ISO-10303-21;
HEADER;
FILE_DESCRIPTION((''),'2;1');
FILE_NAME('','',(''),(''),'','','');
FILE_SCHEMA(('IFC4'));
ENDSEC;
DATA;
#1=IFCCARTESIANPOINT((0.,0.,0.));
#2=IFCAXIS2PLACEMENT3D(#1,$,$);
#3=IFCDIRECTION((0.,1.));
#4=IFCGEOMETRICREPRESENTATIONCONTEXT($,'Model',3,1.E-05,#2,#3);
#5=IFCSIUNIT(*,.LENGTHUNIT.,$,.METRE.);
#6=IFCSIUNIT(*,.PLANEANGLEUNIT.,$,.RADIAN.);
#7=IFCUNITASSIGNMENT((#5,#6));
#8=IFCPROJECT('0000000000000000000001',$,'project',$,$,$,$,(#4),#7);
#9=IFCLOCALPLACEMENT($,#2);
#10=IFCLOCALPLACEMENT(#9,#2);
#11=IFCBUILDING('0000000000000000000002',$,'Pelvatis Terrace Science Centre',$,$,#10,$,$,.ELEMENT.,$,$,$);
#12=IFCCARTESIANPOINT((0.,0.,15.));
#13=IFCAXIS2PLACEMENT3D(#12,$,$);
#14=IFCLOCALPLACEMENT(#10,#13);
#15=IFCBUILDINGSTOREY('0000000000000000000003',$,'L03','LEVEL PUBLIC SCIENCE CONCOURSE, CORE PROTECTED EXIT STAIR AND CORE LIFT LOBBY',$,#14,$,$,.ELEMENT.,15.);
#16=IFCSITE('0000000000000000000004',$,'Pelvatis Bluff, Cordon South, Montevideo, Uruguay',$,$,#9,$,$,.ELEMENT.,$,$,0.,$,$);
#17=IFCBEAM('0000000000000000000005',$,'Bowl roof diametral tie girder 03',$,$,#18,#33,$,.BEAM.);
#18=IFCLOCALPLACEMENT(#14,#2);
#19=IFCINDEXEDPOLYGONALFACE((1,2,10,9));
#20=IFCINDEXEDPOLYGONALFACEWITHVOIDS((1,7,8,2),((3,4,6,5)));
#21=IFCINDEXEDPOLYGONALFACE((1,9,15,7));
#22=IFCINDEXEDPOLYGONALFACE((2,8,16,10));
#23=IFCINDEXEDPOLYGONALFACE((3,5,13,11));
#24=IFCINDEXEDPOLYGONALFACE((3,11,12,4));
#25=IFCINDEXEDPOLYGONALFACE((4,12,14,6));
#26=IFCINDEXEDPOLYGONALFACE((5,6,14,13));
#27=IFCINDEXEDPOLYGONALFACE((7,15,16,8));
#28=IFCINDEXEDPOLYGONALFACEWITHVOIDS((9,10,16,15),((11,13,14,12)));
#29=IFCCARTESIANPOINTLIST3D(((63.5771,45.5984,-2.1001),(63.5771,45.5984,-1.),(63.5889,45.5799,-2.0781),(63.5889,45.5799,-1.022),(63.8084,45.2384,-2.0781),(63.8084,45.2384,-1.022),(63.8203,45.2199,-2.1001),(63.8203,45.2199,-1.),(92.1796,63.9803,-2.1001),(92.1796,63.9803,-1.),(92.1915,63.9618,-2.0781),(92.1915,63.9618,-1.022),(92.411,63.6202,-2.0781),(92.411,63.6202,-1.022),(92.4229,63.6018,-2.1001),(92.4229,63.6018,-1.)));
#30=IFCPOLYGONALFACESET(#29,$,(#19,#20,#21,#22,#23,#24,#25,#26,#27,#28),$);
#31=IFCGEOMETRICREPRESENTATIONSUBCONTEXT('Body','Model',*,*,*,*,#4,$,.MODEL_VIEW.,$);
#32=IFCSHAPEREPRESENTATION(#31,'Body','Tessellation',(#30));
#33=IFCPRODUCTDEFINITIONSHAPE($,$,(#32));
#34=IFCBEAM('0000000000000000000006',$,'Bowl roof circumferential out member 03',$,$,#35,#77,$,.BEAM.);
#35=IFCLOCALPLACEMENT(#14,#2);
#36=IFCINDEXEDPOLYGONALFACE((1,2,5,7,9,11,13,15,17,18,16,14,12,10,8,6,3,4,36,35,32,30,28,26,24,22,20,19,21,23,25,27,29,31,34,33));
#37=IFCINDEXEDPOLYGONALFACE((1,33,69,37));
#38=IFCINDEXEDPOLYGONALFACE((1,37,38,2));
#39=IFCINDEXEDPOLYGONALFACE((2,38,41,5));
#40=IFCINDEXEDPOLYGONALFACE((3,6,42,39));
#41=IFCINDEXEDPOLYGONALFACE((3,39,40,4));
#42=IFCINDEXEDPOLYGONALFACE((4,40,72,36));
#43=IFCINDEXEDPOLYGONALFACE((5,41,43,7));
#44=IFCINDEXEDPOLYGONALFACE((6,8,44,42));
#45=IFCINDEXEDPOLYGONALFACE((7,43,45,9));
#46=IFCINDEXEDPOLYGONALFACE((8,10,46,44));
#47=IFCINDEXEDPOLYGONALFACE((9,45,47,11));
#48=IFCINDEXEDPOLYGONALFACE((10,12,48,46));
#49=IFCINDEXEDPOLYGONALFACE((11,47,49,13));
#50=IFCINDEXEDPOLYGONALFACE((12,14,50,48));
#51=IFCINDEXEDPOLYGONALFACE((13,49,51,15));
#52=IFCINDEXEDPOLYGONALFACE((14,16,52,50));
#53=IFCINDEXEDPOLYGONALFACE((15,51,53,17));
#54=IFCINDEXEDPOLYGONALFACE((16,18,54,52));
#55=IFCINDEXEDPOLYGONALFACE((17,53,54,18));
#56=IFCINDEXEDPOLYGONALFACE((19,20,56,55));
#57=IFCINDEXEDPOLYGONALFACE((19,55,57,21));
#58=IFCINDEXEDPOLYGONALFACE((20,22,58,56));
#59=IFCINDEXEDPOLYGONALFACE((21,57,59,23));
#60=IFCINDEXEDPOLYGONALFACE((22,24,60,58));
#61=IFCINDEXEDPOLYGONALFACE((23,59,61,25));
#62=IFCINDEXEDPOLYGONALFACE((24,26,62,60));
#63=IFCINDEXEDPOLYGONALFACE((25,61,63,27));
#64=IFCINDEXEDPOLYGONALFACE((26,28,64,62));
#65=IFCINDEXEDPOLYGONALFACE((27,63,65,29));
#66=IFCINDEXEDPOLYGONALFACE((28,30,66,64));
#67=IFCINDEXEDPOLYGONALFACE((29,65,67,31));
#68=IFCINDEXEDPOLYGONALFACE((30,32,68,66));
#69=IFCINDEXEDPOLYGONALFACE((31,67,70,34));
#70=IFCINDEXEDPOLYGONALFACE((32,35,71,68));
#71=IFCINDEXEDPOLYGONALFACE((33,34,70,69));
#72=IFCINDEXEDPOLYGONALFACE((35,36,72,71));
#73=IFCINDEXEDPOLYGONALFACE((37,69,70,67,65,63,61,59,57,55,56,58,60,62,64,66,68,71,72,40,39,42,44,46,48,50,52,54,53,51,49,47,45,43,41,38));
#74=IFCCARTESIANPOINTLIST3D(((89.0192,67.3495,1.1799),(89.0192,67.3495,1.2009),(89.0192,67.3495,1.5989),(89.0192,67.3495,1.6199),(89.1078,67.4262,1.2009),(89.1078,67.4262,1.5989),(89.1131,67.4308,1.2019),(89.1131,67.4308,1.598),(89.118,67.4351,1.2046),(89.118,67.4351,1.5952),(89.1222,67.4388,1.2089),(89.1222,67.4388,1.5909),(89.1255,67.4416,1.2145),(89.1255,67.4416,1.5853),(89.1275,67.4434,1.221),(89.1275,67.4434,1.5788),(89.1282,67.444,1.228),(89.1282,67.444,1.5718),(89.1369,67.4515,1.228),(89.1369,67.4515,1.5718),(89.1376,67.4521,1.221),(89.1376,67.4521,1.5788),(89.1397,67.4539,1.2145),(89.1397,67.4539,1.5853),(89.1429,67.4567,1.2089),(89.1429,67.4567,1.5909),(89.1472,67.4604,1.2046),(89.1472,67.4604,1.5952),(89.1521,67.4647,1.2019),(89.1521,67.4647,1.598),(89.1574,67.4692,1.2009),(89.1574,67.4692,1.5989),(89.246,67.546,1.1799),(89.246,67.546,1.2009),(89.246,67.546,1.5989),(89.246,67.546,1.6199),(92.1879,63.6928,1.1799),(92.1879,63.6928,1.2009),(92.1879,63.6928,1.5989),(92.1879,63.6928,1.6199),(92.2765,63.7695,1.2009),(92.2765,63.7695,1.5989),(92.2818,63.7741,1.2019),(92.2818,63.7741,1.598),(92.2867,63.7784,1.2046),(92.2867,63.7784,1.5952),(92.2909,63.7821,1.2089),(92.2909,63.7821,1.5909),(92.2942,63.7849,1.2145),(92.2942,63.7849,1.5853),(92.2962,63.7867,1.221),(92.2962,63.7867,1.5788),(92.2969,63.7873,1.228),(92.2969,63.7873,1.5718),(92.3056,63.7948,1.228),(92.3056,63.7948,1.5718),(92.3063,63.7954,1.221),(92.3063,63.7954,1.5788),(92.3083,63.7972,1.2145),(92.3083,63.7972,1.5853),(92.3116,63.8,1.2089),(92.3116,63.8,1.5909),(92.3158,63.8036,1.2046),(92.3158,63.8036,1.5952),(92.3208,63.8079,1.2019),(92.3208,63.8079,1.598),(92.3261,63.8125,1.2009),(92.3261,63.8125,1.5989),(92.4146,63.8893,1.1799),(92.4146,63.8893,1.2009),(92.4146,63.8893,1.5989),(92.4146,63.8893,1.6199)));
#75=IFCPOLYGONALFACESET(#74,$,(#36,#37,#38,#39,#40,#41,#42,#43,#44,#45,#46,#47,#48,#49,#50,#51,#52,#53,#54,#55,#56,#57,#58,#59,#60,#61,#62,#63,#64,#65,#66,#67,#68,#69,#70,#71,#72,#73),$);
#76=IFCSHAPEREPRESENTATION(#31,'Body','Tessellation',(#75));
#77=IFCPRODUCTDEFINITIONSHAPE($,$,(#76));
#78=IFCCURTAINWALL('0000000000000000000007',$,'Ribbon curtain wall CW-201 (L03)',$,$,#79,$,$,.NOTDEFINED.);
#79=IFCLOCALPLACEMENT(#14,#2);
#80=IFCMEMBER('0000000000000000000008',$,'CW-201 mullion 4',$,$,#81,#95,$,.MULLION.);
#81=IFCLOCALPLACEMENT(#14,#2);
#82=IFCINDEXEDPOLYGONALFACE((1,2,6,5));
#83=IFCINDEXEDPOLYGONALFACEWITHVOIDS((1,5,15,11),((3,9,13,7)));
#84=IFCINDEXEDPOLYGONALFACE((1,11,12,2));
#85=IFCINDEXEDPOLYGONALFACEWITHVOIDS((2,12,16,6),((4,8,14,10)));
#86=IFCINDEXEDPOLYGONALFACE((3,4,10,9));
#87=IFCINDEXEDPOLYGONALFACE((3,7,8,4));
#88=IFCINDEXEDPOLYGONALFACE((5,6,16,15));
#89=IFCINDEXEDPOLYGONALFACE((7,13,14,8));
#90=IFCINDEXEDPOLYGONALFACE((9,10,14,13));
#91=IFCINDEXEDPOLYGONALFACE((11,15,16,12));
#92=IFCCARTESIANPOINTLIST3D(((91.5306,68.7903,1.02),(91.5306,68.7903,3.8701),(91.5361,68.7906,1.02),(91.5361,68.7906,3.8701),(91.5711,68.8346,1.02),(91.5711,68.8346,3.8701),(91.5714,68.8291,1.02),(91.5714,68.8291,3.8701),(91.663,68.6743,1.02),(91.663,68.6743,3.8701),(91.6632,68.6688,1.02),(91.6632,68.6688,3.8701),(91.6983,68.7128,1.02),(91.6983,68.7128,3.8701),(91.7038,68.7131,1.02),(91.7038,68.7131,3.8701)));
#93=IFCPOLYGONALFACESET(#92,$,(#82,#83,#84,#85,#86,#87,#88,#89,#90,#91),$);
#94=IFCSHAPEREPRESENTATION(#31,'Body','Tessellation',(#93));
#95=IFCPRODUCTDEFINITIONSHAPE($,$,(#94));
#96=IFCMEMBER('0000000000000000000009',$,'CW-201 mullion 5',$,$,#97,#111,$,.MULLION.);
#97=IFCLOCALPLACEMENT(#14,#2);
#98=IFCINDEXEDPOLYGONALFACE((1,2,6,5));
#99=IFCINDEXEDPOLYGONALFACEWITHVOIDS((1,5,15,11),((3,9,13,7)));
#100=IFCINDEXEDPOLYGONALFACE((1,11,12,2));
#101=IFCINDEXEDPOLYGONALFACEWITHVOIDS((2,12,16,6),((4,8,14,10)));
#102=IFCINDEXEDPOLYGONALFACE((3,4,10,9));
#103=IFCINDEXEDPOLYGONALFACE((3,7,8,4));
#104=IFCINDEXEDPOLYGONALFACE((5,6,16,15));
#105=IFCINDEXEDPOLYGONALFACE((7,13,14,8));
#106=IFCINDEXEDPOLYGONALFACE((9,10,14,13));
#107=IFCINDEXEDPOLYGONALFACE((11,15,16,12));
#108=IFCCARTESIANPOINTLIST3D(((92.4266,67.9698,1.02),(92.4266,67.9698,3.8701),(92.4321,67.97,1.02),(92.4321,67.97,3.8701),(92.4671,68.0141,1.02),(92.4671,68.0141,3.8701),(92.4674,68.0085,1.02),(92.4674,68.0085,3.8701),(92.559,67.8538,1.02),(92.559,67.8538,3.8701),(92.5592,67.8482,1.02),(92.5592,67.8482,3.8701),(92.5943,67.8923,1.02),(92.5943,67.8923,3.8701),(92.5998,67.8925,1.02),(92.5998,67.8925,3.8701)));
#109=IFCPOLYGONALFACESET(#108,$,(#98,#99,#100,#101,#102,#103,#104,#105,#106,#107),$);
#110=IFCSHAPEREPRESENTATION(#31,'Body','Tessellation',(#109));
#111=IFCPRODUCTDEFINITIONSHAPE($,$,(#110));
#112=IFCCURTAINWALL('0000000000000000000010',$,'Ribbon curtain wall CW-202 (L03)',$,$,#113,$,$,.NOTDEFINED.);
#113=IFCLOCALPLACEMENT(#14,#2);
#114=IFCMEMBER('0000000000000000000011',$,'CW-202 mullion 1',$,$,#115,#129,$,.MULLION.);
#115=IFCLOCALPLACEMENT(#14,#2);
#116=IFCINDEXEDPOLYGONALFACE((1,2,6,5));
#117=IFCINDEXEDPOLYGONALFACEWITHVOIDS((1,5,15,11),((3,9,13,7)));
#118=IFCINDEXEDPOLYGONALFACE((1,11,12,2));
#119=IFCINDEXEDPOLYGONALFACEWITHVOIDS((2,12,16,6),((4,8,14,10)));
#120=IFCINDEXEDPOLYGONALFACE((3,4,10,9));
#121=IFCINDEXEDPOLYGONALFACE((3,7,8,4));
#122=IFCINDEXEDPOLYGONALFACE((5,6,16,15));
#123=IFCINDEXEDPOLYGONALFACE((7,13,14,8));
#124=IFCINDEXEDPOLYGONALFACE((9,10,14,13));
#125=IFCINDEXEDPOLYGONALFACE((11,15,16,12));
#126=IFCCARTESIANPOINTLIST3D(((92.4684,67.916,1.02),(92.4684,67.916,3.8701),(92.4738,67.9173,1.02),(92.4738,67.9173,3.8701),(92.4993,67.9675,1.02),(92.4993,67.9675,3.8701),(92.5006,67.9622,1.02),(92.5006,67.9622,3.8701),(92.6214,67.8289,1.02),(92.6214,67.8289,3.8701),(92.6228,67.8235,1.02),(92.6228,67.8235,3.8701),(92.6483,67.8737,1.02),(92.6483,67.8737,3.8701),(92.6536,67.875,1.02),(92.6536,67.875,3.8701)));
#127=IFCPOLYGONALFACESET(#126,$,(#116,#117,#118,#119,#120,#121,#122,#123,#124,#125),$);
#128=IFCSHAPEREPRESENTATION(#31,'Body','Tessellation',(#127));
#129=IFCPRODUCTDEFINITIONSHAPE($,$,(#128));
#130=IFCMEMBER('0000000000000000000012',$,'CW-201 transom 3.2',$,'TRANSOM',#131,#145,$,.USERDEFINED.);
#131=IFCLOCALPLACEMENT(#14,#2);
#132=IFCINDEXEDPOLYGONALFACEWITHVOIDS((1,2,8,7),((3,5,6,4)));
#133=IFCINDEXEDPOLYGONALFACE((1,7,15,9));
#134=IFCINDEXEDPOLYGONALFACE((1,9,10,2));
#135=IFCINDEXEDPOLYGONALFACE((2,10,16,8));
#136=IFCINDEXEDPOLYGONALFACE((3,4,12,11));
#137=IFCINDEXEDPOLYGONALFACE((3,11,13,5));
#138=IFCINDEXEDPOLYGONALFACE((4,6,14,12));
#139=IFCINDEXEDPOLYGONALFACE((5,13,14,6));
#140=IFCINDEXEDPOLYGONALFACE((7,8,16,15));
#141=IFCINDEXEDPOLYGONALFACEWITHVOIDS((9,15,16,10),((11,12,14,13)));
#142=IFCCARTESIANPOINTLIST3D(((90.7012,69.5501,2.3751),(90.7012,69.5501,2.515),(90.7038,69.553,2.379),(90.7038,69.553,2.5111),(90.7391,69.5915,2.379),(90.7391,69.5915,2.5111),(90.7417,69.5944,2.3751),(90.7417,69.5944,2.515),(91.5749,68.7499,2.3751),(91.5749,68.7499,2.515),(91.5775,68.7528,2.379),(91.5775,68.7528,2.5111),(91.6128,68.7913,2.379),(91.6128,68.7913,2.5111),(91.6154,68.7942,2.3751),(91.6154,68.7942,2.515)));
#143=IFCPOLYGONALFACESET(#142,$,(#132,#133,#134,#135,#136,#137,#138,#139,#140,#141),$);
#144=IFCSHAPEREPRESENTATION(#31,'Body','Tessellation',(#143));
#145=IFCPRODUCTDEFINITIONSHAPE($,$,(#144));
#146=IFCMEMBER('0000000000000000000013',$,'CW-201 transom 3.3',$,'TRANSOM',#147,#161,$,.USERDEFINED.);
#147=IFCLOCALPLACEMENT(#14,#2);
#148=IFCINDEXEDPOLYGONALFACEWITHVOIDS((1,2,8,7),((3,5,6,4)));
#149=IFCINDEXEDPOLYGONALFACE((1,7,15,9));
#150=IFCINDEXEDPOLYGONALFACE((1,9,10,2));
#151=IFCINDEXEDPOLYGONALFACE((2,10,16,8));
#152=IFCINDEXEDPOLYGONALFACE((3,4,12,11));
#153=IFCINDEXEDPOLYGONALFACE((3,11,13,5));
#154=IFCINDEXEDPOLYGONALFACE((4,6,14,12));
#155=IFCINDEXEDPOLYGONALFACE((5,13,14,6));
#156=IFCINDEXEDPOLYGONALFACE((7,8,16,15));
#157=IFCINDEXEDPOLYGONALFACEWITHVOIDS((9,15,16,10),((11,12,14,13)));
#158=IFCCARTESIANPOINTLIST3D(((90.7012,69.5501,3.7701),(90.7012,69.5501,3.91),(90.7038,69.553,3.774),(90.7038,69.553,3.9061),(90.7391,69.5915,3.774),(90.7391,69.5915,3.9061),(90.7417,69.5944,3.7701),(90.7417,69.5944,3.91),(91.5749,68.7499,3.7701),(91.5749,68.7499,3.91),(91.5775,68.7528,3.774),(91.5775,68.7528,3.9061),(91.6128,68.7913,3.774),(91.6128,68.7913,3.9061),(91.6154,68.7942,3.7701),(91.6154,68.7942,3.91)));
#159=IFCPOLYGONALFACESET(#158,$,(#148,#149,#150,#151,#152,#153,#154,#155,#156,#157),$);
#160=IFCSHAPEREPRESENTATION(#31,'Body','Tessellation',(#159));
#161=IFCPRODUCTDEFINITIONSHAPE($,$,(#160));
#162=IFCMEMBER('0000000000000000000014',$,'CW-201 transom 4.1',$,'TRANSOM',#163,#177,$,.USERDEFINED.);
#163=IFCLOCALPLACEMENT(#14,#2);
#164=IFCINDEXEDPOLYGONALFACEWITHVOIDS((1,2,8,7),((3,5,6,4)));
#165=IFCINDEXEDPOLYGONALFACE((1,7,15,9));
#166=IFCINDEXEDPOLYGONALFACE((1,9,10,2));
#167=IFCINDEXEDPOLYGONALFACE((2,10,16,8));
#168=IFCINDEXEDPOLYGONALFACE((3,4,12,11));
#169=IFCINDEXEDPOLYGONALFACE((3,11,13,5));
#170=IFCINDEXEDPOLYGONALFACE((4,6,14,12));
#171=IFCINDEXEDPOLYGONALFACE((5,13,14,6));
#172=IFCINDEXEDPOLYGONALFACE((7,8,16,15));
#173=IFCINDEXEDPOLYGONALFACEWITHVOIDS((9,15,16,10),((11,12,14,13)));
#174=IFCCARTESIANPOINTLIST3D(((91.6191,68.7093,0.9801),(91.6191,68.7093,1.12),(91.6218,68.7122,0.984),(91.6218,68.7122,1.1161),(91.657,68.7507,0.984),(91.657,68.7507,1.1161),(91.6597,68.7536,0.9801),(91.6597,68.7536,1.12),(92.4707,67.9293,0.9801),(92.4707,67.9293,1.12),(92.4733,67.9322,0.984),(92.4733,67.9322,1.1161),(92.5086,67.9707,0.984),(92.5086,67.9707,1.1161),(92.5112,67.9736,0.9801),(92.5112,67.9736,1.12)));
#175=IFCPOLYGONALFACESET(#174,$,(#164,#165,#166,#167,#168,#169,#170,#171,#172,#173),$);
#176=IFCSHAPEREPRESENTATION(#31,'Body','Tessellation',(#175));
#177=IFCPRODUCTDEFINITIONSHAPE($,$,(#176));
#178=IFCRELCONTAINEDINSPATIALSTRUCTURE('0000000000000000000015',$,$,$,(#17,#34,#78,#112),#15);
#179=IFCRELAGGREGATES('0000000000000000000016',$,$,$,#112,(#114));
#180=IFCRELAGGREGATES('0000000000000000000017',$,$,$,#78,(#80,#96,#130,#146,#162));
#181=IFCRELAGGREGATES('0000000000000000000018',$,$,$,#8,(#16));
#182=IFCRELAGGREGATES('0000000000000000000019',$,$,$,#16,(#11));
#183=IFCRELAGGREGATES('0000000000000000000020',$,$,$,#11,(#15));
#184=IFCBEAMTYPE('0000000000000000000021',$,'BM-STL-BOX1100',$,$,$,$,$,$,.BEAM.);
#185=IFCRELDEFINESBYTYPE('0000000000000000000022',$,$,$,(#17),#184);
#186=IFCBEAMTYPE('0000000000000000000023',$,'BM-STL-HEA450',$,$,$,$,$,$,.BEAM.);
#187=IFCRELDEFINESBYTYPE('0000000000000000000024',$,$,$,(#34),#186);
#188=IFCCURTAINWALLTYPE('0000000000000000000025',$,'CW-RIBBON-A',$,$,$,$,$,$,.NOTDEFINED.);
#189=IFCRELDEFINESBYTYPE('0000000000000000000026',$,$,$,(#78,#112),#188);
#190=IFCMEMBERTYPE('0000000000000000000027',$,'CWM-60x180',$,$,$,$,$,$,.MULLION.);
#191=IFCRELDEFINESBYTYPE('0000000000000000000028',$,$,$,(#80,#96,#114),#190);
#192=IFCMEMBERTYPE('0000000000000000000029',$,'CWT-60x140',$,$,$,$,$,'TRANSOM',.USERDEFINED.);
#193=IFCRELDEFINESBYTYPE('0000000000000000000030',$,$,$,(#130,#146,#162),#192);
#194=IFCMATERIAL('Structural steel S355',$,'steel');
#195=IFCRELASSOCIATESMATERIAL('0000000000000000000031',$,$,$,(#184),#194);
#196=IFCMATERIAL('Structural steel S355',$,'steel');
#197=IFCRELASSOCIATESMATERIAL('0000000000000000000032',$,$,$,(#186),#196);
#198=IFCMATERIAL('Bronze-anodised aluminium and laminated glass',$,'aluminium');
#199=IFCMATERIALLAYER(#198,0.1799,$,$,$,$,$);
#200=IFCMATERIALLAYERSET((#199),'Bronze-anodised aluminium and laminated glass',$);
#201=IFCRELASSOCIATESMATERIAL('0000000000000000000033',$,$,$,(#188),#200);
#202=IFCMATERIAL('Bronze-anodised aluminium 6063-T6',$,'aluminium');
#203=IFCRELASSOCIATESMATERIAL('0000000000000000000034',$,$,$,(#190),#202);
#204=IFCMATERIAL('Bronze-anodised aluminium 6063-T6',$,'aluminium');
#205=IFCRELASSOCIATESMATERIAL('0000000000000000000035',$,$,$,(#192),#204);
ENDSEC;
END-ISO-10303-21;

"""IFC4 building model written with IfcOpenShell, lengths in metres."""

from ifc_helpers import new_model, si_unit, direction, frame, origin, origin_2d, place, context, subcontext, project, spatial, hollow_rectangle, i_section, extrude, material, layer, layer_set, material_profile, profile_set, type_object, element, aggregate, save


model = new_model("IFC4")

# Units and contexts
model_context = context("Model", 3, precision=1e-05, world=origin(), true_north=direction((0.0, 1.0)))
body_context = subcontext(model_context, "Body", "Model", "MODEL_VIEW")
ifc_project = project(units=[si_unit("LENGTHUNIT", "METRE"), si_unit("PLANEANGLEUNIT", "RADIAN")], contexts=[model_context])

# Site, building, storey
site_placement = place(None, origin())
site = spatial("IfcSite", under=ifc_project, at=site_placement, Name="Pelvatis Bluff, Cordon South, Montevideo, Uruguay", CompositionType="ELEMENT", RefElevation=0.0)
building_placement = place(site_placement, origin())
building = spatial("IfcBuilding", under=site, at=building_placement, Name="Pelvatis Terrace Science Centre", CompositionType="ELEMENT")
storey_placement = place(building_placement, frame((0.0, 0.0, 15.0)))
storey = spatial("IfcBuildingStorey", under=building, at=storey_placement, Name="L03", Description="LEVEL PUBLIC SCIENCE CONCOURSE, CORE PROTECTED EXIT STAIR AND CORE LIFT LOBBY", CompositionType="ELEMENT", Elevation=15.0)

# Beams
ifc_material_1 = material(Name="Structural steel S355", Category="steel")
ifc_material_profile_1 = material_profile(ifc_material_1, hollow_rectangle(XDim=0.45, YDim=1.1001, WallThickness=0.022, at=origin_2d()), Name="RHS 1100x450x22.0")
ifc_profile_set_1 = profile_set([ifc_material_profile_1], Name="Structural steel S355")
beam_type_1 = type_object("IfcBeamType", Name="BM-STL-BOX1100", PredefinedType="BEAM", material=ifc_profile_set_1)
beam_1_placement = place(storey_placement, frame((92.3013, 63.791, -1.55), z_axis=(-0.841252, -0.540643, 0.0), x_axis=(0.540643, -0.841252, 0.0)))
element("IfcBeam", 1, at=beam_1_placement, inside=storey, type_object=beam_type_1, Name="Bowl roof diametral tie girder 03", PredefinedType="BEAM", context=body_context, shape_type="SweptSolid", body=[
    extrude(hollow_rectangle(XDim=0.45, YDim=1.1001, WallThickness=0.022, at=origin_2d()), origin(), (0.0, 0.0, 1.0), 34.0),
])
ifc_material_2 = material(Name="Structural steel S355", Category="steel")
ifc_material_profile_2 = material_profile(ifc_material_2, i_section(OverallWidth=0.3, OverallDepth=0.4399, WebThickness=0.0115, FlangeThickness=0.021, FilletRadius=0.0271, at=origin_2d()), Name="HEA 450")
ifc_profile_set_2 = profile_set([ifc_material_profile_2], Name="Structural steel S355")
beam_type_2 = type_object("IfcBeamType", Name="BM-STL-HEA450", PredefinedType="BEAM", material=ifc_profile_set_2)
beam_2_placement = place(storey_placement, frame((92.3013, 63.791, 1.3999), z_axis=(-0.654875, 0.755737, 0.0), x_axis=(-0.755737, -0.654875, 0.0)))
element("IfcBeam", 2, at=beam_2_placement, inside=storey, type_object=beam_type_2, Name="Bowl roof circumferential out member 03", PredefinedType="BEAM", context=body_context, shape_type="SweptSolid", body=[
    extrude(i_section(OverallWidth=0.3, OverallDepth=0.4399, WebThickness=0.0115, FlangeThickness=0.021, FilletRadius=0.0271, at=origin_2d()), origin(), (0.0, 0.0, 1.0), 4.8386),
])

# Curtain wall, members
ifc_material_3 = material(Name="Bronze-anodised aluminium and laminated glass", Category="aluminium")
ifc_layer_1 = layer(ifc_material_3, 0.1799)
ifc_layer_set_1 = layer_set([ifc_layer_1], Name="Bronze-anodised aluminium and laminated glass")
curtain_wall_type = type_object("IfcCurtainWallType", Name="CW-RIBBON-A", PredefinedType="NOTDEFINED", material=ifc_layer_set_1)
curtain_wall_1_placement = place(storey_placement, origin())
curtain_wall_1 = element("IfcCurtainWall", 3, at=curtain_wall_1_placement, inside=storey, type_object=curtain_wall_type, Name="Ribbon curtain wall CW-201 (L03)", PredefinedType="NOTDEFINED")
ifc_material_4 = material(Name="Bronze-anodised aluminium 6063-T6", Category="aluminium")
ifc_material_profile_3 = material_profile(ifc_material_4, hollow_rectangle(XDim=0.0601, YDim=0.1799, WallThickness=0.0039, at=origin_2d()), Name="ALU-MUL 60x180")
ifc_profile_set_3 = profile_set([ifc_material_profile_3], Name="Bronze-anodised aluminium 6063-T6")
member_type_1 = type_object("IfcMemberType", Name="CWM-60x180", PredefinedType="MULLION", material=ifc_profile_set_3)
member_1_placement = place(storey_placement, frame((91.6172, 68.7517, 1.02), z_axis=(0.0, 0.0, 1.0), x_axis=(0.675452, 0.737404, 0.0)))
member_1 = element("IfcMember", 4, at=member_1_placement, type_object=member_type_1, Name="CW-201 mullion 4", PredefinedType="MULLION", context=body_context, shape_type="SweptSolid", body=[
    extrude(hollow_rectangle(XDim=0.0601, YDim=0.1799, WallThickness=0.0039, at=origin_2d()), origin(), (0.0, 0.0, 1.0), 2.8501),
])
member_2_placement = place(storey_placement, frame((92.5132, 67.9312, 1.02), z_axis=(0.0, 0.0, 1.0), x_axis=(0.675452, 0.737404, 0.0)))
member_2 = element("IfcMember", 5, at=member_2_placement, type_object=member_type_1, Name="CW-201 mullion 5", PredefinedType="MULLION", context=body_context, shape_type="SweptSolid", body=[
    extrude(hollow_rectangle(XDim=0.0601, YDim=0.1799, WallThickness=0.0039, at=origin_2d()), origin(), (0.0, 0.0, 1.0), 2.8501),
])

# Curtain wall, member
curtain_wall_2_placement = place(storey_placement, origin())
curtain_wall_2 = element("IfcCurtainWall", 6, at=curtain_wall_2_placement, inside=storey, type_object=curtain_wall_type, Name="Ribbon curtain wall CW-202 (L03)", PredefinedType="NOTDEFINED")
member_3_placement = place(storey_placement, frame((92.561, 67.8955, 1.02), z_axis=(0.0, 0.0, 1.0), x_axis=(0.513996, 0.857793, 0.0)))
member_3 = element("IfcMember", 7, at=member_3_placement, type_object=member_type_1, Name="CW-202 mullion 1", PredefinedType="MULLION", context=body_context, shape_type="SweptSolid", body=[
    extrude(hollow_rectangle(XDim=0.0601, YDim=0.1799, WallThickness=0.0039, at=origin_2d()), origin(), (0.0, 0.0, 1.0), 2.8501),
])

# Members
ifc_material_5 = material(Name="Bronze-anodised aluminium 6063-T6", Category="aluminium")
ifc_material_profile_4 = material_profile(ifc_material_5, hollow_rectangle(XDim=0.0601, YDim=0.1399, WallThickness=0.0039, at=origin_2d()), Name="ALU-TRN 60x140")
ifc_profile_set_4 = profile_set([ifc_material_profile_4], Name="Bronze-anodised aluminium 6063-T6")
member_type_2 = type_object("IfcMemberType", Name="CWT-60x140", ElementType="TRANSOM", PredefinedType="USERDEFINED", material=ifc_profile_set_4)
member_4_placement = place(storey_placement, frame((90.7214, 69.5723, 2.4451), z_axis=(0.737436, -0.675417, 0.0), x_axis=(0.675417, 0.737436, 0.0)))
member_4 = element("IfcMember", 8, at=member_4_placement, type_object=member_type_2, Name="CW-201 transom 3.2", ObjectType="TRANSOM", PredefinedType="USERDEFINED", context=body_context, shape_type="SweptSolid", body=[
    extrude(hollow_rectangle(XDim=0.0601, YDim=0.1399, WallThickness=0.0039, at=origin_2d()), origin(), (0.0, 0.0, 1.0), 1.1848),
])
member_5_placement = place(storey_placement, frame((90.7214, 69.5723, 3.8401), z_axis=(0.737436, -0.675417, 0.0), x_axis=(0.675417, 0.737436, 0.0)))
member_5 = element("IfcMember", 9, at=member_5_placement, type_object=member_type_2, Name="CW-201 transom 3.3", ObjectType="TRANSOM", PredefinedType="USERDEFINED", context=body_context, shape_type="SweptSolid", body=[
    extrude(hollow_rectangle(XDim=0.0601, YDim=0.1399, WallThickness=0.0039, at=origin_2d()), origin(), (0.0, 0.0, 1.0), 1.1848),
])
member_6_placement = place(storey_placement, frame((91.6394, 68.7314, 1.05), z_axis=(0.7374, -0.675457, 0.0), x_axis=(0.675457, 0.7374, 0.0)))
member_6 = element("IfcMember", 10, at=member_6_placement, type_object=member_type_2, Name="CW-201 transom 4.1", ObjectType="TRANSOM", PredefinedType="USERDEFINED", context=body_context, shape_type="SweptSolid", body=[
    extrude(hollow_rectangle(XDim=0.0601, YDim=0.1399, WallThickness=0.0039, at=origin_2d()), origin(), (0.0, 0.0, 1.0), 1.1548),
])
aggregate(curtain_wall_2, [member_3])

aggregate(curtain_wall_1, [member_1, member_2, member_4, member_5, member_6])

save(model, "model.ifc")
